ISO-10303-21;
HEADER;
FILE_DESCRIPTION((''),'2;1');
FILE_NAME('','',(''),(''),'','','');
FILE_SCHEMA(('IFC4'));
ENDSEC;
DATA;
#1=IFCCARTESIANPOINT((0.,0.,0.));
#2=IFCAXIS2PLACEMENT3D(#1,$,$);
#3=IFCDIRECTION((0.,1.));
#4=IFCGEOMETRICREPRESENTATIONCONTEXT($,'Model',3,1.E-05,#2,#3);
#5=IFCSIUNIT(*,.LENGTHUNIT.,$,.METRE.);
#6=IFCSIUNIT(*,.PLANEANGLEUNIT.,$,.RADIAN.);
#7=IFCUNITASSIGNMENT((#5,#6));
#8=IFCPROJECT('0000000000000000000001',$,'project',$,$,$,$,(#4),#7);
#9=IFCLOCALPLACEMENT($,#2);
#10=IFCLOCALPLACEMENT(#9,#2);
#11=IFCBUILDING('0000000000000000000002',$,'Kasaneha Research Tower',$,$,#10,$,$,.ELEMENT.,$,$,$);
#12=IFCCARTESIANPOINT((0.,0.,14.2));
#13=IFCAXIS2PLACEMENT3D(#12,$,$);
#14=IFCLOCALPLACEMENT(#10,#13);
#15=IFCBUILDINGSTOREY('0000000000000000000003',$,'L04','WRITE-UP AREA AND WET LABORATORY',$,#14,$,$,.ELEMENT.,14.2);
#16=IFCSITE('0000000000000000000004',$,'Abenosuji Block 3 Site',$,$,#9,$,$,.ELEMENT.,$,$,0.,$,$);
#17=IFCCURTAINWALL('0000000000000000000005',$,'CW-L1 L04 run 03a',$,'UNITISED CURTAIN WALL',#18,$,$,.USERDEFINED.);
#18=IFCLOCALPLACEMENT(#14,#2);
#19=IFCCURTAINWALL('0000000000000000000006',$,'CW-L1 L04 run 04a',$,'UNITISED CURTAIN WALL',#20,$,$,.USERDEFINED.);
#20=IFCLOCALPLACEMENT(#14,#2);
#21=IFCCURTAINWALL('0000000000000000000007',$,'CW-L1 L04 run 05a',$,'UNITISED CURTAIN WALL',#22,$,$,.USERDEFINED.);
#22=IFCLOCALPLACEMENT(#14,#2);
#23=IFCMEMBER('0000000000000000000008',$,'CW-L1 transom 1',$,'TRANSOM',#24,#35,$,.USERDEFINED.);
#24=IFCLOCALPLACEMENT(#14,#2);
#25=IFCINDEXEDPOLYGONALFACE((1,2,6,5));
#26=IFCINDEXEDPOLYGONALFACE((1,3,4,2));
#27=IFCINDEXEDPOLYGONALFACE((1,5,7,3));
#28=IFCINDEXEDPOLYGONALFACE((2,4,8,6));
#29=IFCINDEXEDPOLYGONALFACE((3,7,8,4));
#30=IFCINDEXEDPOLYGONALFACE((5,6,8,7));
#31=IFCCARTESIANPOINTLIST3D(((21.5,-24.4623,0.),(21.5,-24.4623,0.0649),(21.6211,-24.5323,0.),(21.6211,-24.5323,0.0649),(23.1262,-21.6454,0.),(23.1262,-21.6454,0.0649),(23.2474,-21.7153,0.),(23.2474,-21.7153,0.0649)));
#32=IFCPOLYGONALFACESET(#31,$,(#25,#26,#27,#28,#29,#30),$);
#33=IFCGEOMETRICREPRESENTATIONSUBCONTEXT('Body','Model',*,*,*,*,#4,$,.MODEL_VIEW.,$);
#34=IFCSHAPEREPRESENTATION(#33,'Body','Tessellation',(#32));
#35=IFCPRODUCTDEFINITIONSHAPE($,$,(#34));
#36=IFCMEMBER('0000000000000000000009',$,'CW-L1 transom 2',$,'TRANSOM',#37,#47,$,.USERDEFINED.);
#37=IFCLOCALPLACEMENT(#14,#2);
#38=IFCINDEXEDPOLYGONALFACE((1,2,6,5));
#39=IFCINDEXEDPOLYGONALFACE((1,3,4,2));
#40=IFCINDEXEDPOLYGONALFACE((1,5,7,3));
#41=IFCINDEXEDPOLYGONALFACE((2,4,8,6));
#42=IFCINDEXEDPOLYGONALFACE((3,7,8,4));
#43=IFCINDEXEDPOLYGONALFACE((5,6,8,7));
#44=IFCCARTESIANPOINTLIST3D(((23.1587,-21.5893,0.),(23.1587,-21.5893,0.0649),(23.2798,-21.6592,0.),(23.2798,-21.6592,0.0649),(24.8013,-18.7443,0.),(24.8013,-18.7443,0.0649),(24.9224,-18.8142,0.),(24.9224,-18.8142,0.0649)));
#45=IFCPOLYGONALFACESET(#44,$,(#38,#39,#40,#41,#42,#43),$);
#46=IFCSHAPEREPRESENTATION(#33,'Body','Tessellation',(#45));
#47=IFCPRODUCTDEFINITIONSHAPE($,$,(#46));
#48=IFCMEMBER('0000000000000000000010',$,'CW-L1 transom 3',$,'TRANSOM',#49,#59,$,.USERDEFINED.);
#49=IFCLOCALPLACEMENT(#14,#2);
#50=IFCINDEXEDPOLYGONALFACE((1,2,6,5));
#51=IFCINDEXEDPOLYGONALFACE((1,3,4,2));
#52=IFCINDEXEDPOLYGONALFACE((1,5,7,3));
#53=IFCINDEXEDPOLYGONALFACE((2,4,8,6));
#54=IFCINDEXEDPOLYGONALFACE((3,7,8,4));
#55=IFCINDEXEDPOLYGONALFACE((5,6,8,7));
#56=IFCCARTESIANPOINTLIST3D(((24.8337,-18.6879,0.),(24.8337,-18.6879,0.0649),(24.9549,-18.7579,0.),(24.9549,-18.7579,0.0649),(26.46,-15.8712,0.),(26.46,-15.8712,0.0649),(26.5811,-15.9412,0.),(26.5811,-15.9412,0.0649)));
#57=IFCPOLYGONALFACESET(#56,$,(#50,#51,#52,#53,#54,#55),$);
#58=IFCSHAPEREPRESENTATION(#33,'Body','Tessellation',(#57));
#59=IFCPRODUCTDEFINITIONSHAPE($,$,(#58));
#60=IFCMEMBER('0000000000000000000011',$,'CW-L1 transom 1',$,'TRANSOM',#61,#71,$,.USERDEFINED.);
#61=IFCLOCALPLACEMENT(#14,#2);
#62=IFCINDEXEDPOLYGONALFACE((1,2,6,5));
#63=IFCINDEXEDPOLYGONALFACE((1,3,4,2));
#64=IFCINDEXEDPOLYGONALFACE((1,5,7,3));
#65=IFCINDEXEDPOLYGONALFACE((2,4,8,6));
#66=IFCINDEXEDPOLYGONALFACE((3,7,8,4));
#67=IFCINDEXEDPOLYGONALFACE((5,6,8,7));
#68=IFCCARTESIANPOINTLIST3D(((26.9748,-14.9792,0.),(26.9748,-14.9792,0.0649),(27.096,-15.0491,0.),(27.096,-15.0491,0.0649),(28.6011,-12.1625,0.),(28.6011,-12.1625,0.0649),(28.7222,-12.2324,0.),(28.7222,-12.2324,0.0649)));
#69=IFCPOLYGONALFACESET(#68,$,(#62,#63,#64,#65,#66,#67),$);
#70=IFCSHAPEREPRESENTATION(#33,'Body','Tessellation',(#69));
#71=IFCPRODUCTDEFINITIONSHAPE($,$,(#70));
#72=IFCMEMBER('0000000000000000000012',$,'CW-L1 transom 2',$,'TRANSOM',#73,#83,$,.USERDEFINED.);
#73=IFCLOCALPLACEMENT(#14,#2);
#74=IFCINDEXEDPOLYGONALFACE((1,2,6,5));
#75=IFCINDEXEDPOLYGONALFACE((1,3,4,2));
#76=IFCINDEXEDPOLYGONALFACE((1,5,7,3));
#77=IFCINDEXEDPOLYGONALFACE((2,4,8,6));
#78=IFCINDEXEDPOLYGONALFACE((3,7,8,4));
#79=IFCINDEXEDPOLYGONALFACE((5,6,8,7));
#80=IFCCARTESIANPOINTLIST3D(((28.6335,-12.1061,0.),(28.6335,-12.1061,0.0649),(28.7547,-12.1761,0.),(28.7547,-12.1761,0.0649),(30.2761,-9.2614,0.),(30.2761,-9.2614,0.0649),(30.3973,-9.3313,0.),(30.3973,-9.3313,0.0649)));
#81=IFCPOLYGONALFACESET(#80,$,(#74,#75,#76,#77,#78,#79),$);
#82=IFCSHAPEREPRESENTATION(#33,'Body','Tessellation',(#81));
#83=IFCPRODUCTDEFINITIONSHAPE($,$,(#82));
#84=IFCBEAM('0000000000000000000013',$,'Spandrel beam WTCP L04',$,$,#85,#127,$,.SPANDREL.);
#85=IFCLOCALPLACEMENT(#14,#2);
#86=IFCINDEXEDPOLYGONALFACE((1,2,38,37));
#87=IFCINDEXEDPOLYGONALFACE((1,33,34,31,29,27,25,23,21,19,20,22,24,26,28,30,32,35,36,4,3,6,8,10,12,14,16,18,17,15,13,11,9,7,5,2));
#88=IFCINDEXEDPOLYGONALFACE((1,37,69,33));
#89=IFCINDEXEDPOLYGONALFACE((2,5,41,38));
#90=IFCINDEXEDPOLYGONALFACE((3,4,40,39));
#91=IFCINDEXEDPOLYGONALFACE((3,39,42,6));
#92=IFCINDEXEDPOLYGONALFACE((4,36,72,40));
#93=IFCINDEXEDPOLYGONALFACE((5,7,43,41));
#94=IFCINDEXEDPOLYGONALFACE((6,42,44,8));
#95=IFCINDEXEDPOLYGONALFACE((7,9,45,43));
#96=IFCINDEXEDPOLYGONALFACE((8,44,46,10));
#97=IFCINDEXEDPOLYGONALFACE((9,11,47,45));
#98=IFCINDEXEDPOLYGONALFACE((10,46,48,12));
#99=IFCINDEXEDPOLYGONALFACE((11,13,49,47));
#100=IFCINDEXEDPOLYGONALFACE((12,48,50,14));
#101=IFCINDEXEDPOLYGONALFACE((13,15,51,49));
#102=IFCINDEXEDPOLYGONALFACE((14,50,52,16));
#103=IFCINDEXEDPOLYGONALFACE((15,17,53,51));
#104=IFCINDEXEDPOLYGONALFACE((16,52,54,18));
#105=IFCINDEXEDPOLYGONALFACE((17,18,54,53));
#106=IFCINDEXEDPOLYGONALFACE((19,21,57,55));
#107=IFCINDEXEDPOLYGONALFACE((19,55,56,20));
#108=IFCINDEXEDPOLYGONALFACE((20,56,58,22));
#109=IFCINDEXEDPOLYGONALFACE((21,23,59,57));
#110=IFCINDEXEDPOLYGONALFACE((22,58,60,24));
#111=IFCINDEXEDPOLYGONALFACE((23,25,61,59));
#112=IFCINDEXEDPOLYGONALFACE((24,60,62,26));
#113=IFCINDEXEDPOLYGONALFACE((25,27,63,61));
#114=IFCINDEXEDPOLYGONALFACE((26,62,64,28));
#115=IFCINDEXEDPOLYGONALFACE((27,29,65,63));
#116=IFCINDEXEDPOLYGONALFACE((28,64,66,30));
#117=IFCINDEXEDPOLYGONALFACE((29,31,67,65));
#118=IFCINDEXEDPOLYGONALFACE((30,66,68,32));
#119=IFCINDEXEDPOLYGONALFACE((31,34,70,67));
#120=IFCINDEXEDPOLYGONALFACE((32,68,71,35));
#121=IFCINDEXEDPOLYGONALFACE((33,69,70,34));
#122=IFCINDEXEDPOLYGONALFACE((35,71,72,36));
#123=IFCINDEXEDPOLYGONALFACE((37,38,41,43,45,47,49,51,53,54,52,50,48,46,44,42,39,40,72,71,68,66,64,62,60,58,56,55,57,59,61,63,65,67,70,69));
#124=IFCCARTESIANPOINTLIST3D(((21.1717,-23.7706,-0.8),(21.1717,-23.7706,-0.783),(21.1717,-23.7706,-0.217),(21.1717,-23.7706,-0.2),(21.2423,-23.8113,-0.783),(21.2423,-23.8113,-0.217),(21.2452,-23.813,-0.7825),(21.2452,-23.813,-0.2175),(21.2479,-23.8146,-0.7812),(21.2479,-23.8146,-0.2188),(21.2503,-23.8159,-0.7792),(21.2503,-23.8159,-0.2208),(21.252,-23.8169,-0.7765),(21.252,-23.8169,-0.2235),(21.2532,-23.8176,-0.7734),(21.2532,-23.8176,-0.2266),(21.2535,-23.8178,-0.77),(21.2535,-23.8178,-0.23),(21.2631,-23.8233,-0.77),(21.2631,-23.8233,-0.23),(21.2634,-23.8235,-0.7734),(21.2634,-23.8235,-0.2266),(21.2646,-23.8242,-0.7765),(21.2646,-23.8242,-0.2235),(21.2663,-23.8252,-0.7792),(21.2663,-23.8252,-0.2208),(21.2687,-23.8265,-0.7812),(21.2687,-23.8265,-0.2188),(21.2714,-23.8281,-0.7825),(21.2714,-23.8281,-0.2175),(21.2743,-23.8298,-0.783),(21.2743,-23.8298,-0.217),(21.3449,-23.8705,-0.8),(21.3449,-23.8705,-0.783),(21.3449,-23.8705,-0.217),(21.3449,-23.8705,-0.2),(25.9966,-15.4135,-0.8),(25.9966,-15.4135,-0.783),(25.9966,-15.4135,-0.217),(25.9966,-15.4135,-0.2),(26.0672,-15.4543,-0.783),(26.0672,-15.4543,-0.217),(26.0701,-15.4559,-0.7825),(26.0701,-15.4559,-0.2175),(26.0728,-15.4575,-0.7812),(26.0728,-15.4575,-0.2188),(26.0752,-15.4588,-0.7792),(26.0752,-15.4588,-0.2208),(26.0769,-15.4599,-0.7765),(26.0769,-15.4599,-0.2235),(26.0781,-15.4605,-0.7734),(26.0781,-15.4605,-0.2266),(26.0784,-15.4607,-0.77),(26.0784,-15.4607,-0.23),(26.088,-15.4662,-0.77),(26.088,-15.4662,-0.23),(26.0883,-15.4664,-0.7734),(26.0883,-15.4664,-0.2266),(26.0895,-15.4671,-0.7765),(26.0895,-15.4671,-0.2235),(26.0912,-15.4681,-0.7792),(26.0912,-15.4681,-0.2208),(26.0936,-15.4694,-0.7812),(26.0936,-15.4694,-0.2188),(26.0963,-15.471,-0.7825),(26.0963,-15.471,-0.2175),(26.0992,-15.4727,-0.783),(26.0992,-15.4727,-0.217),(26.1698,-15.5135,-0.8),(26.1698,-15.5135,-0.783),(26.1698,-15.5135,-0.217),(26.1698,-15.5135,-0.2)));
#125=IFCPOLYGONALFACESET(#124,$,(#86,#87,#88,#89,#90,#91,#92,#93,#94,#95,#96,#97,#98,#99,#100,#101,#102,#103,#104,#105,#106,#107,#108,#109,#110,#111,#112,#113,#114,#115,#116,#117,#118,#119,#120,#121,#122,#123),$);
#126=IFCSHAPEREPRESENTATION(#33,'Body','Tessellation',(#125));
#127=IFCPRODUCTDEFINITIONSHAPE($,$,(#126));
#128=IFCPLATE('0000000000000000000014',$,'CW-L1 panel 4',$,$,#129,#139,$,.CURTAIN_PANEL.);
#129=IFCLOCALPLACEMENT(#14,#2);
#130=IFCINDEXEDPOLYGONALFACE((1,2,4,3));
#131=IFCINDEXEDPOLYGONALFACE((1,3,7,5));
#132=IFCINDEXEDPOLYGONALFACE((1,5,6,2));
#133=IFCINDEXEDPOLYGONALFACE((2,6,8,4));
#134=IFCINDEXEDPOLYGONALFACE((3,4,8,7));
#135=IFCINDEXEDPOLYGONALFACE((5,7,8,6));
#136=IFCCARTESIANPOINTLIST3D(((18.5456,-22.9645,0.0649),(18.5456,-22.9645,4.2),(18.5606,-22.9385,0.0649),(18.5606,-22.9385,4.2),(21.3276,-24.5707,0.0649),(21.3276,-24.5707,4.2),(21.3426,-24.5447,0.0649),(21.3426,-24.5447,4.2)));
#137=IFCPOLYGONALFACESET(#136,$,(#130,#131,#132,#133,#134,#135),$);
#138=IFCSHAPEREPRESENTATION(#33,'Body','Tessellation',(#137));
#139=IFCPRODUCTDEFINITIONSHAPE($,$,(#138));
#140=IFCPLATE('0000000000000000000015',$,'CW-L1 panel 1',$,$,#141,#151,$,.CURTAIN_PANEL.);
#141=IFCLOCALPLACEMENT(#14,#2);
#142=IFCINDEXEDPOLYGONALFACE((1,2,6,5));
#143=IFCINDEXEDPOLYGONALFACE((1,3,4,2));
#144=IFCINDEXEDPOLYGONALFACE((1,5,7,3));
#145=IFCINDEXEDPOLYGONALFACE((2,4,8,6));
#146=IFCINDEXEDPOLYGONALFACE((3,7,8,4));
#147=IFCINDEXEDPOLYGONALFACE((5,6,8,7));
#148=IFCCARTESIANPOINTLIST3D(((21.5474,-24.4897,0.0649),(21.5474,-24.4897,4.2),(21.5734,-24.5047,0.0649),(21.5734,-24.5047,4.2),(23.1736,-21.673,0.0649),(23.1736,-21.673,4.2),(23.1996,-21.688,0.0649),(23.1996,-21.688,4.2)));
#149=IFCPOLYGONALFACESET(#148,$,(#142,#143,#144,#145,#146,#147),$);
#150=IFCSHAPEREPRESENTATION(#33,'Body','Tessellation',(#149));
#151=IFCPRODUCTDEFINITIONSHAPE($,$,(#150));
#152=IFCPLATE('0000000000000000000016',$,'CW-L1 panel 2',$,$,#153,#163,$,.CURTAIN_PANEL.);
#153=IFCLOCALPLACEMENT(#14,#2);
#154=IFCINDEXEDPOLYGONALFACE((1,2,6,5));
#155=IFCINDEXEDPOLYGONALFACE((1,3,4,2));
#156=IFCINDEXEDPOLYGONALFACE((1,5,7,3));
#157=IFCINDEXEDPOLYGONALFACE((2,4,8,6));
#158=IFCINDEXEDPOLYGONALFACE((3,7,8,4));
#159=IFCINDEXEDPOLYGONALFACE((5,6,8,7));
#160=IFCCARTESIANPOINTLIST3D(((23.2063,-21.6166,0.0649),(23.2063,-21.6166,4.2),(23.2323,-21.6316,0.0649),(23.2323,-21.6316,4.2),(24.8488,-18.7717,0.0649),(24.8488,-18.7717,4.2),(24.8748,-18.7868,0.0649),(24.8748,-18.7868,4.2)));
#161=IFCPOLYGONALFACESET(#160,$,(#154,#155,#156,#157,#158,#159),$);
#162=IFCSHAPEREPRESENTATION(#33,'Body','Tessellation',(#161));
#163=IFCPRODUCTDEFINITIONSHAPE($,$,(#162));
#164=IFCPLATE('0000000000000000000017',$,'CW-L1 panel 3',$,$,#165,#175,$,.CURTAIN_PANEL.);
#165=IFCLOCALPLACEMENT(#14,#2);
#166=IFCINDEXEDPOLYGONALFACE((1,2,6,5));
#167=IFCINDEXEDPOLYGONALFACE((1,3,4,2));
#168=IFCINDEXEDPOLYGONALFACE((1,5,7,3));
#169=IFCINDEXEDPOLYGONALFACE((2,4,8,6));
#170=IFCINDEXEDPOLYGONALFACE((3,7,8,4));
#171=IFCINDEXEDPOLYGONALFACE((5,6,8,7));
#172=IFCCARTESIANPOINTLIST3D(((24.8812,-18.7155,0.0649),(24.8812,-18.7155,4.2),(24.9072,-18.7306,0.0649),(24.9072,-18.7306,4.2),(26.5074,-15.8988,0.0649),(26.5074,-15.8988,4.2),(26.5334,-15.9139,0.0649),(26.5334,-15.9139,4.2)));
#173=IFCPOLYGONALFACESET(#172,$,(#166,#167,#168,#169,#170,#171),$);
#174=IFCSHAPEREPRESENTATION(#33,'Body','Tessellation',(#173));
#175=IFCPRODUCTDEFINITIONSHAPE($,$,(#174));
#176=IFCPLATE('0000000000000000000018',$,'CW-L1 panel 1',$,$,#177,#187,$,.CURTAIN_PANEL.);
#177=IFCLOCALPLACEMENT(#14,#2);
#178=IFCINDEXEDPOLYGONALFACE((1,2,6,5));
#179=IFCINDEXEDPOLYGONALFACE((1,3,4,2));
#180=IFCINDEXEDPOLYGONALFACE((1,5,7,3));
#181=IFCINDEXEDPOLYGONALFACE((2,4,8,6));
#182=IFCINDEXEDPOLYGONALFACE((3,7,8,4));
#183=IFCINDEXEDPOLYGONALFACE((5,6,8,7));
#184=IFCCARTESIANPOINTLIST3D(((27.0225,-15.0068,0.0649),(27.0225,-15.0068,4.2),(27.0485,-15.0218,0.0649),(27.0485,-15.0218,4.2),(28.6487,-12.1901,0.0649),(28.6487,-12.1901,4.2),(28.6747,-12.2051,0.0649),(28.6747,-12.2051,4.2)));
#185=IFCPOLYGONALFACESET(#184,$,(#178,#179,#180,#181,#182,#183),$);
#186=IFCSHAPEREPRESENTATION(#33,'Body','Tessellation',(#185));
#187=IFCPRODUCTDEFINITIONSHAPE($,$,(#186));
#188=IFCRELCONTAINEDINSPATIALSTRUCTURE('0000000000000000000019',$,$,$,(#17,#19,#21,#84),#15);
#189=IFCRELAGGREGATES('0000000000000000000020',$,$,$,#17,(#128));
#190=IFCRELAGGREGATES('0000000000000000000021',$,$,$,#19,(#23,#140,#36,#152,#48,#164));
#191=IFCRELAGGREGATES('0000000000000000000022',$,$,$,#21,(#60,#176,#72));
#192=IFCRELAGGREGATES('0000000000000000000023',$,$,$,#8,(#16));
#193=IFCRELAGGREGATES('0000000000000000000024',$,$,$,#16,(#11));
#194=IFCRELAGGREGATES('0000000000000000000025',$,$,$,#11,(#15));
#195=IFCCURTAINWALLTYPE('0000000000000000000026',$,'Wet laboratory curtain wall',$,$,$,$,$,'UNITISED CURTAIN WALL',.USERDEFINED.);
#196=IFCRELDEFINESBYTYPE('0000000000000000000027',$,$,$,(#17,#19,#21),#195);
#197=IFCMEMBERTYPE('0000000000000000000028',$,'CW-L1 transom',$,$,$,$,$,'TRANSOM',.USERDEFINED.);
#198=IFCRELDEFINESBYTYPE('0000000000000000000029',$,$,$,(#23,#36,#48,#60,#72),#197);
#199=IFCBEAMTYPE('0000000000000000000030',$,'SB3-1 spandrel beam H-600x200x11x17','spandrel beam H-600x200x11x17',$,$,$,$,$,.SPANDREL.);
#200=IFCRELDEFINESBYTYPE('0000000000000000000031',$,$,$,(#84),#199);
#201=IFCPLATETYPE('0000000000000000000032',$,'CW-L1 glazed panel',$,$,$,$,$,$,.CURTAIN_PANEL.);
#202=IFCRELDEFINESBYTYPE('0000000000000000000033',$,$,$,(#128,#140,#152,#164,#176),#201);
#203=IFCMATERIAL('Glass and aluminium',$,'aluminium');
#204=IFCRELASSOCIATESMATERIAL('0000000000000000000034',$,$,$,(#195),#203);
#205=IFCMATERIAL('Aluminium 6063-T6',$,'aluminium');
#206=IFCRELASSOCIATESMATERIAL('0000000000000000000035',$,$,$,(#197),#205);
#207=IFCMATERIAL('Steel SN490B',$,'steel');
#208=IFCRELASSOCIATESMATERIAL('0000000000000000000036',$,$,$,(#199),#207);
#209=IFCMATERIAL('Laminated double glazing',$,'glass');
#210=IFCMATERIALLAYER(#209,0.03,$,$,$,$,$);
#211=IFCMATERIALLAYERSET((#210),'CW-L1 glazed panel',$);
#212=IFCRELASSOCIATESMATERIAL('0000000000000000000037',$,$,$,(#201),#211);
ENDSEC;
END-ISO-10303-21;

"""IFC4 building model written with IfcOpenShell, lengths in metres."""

from ifc_helpers import new_model, si_unit, direction, frame, origin, origin_2d, place, context, subcontext, project, spatial, rectangle, i_section, extrude, material, layer, layer_set, material_profile, profile_set, type_object, element, aggregate, save


model = new_model("IFC4")

# Units and contexts
model_context = context("Model", 3, precision=1e-05, world=origin(), true_north=direction((0.0, 1.0)))
body_context = subcontext(model_context, "Body", "Model", "MODEL_VIEW")
ifc_project = project(units=[si_unit("LENGTHUNIT", "METRE"), si_unit("PLANEANGLEUNIT", "RADIAN")], contexts=[model_context])

# Site, building, storey
site_placement = place(None, origin())
site = spatial("IfcSite", under=ifc_project, at=site_placement, Name="Abenosuji Block 3 Site", CompositionType="ELEMENT", RefElevation=0.0)
building_placement = place(site_placement, origin())
building = spatial("IfcBuilding", under=site, at=building_placement, Name="Kasaneha Research Tower", CompositionType="ELEMENT")
storey_placement = place(building_placement, frame((0.0, 0.0, 14.2)))
storey = spatial("IfcBuildingStorey", under=building, at=storey_placement, Name="L04", Description="WRITE-UP AREA AND WET LABORATORY", CompositionType="ELEMENT", Elevation=14.2)

# Curtain walls
ifc_material_1 = material(Name="Glass and aluminium", Category="aluminium")
curtain_wall_type = type_object("IfcCurtainWallType", Name="Wet laboratory curtain wall", ElementType="UNITISED CURTAIN WALL", PredefinedType="USERDEFINED", material=ifc_material_1)
curtain_wall_1_placement = place(storey_placement, origin())
curtain_wall_1 = element("IfcCurtainWall", 1, at=curtain_wall_1_placement, inside=storey, type_object=curtain_wall_type, Name="CW-L1 L04 run 03a", ObjectType="UNITISED CURTAIN WALL", PredefinedType="USERDEFINED")
curtain_wall_2_placement = place(storey_placement, origin())
curtain_wall_2 = element("IfcCurtainWall", 2, at=curtain_wall_2_placement, inside=storey, type_object=curtain_wall_type, Name="CW-L1 L04 run 04a", ObjectType="UNITISED CURTAIN WALL", PredefinedType="USERDEFINED")
curtain_wall_3_placement = place(storey_placement, origin())
curtain_wall_3 = element("IfcCurtainWall", 3, at=curtain_wall_3_placement, inside=storey, type_object=curtain_wall_type, Name="CW-L1 L04 run 05a", ObjectType="UNITISED CURTAIN WALL", PredefinedType="USERDEFINED")

# Members
ifc_material_2 = material(Name="Aluminium 6063-T6", Category="aluminium")
ifc_material_profile_1 = material_profile(ifc_material_2, rectangle(XDim=0.1399, YDim=0.0649, at=origin_2d()), Name="CW-L1 transom 140x65")
ifc_profile_set_1 = profile_set([ifc_material_profile_1], Name="Aluminium 6063-T6")
member_type_1 = type_object("IfcMemberType", Name="CW-L1 transom", ElementType="TRANSOM", PredefinedType="USERDEFINED", material=ifc_profile_set_1)
member_1_placement = place(storey_placement, frame((21.5605, -24.4973, 0.0325), z_axis=(0.499974, 0.866041, 0.0), x_axis=(-0.866041, 0.499974, 0.0)))
member_1 = element("IfcMember", 4, at=member_1_placement, type_object=member_type_1, Name="CW-L1 transom 1", ObjectType="TRANSOM", PredefinedType="USERDEFINED", context=body_context, shape_type="SweptSolid", body=[
    extrude(rectangle(XDim=0.1399, YDim=0.0649, at=origin_2d()), origin(), (0.0, 0.0, 1.0), 3.2527),
])
member_2_placement = place(storey_placement, frame((23.2192, -21.6243, 0.0325), z_axis=(0.500008, 0.866021, 0.0), x_axis=(-0.866021, 0.500008, 0.0)))
member_2 = element("IfcMember", 5, at=member_2_placement, type_object=member_type_1, Name="CW-L1 transom 2", ObjectType="TRANSOM", PredefinedType="USERDEFINED", context=body_context, shape_type="SweptSolid", body=[
    extrude(rectangle(XDim=0.1399, YDim=0.0649, at=origin_2d()), origin(), (0.0, 0.0, 1.0), 3.2852),
])
member_3_placement = place(storey_placement, frame((24.8943, -18.7229, 0.0325), z_axis=(0.500006, 0.866022, 0.0), x_axis=(-0.866022, 0.500006, 0.0)))
member_3 = element("IfcMember", 6, at=member_3_placement, type_object=member_type_1, Name="CW-L1 transom 3", ObjectType="TRANSOM", PredefinedType="USERDEFINED", context=body_context, shape_type="SweptSolid", body=[
    extrude(rectangle(XDim=0.1399, YDim=0.0649, at=origin_2d()), origin(), (0.0, 0.0, 1.0), 3.2524),
])
member_4_placement = place(storey_placement, frame((27.0354, -15.0142, 0.0325), z_axis=(0.500006, 0.866022, 0.0), x_axis=(-0.866022, 0.500006, 0.0)))
member_4 = element("IfcMember", 7, at=member_4_placement, type_object=member_type_1, Name="CW-L1 transom 1", ObjectType="TRANSOM", PredefinedType="USERDEFINED", context=body_context, shape_type="SweptSolid", body=[
    extrude(rectangle(XDim=0.1399, YDim=0.0649, at=origin_2d()), origin(), (0.0, 0.0, 1.0), 3.2524),
])
member_5_placement = place(storey_placement, frame((28.6941, -12.1411, 0.0325), z_axis=(0.50004, 0.866002, 0.0), x_axis=(-0.866002, 0.50004, 0.0)))
member_5 = element("IfcMember", 8, at=member_5_placement, type_object=member_type_1, Name="CW-L1 transom 2", ObjectType="TRANSOM", PredefinedType="USERDEFINED", context=body_context, shape_type="SweptSolid", body=[
    extrude(rectangle(XDim=0.1399, YDim=0.0649, at=origin_2d()), origin(), (0.0, 0.0, 1.0), 3.2849),
])

# Beam
ifc_material_3 = material(Name="Steel SN490B", Category="steel")
ifc_material_profile_2 = material_profile(ifc_material_3, i_section(OverallWidth=0.2, OverallDepth=0.6001, WebThickness=0.011, FlangeThickness=0.0171, FilletRadius=0.0129, at=origin_2d()), Name="H-600x200x11x17")
ifc_profile_set_2 = profile_set([ifc_material_profile_2], Name="Steel SN490B")
beam_type_1 = type_object("IfcBeamType", Name="SB3-1 spandrel beam H-600x200x11x17", Description="spandrel beam H-600x200x11x17", PredefinedType="SPANDREL", material=ifc_profile_set_2)
beam_1_placement = place(storey_placement, frame((21.2583, -23.8206, -0.5), z_axis=(0.499995, 0.866028, 0.0), x_axis=(-0.866028, 0.499995, 0.0)))
element("IfcBeam", 9, at=beam_1_placement, inside=storey, type_object=beam_type_1, Name="Spandrel beam WTCP L04", PredefinedType="SPANDREL", context=body_context, shape_type="SweptSolid", body=[
    extrude(i_section(OverallWidth=0.2, OverallDepth=0.6001, WebThickness=0.011, FlangeThickness=0.0171, FilletRadius=0.0129, at=origin_2d()), origin(), (0.0, 0.0, 1.0), 9.6499),
])

# Plates
ifc_material_4 = material(Name="Laminated double glazing", Category="glass")
ifc_layer_1 = layer(ifc_material_4, 0.03)
ifc_layer_set_1 = layer_set([ifc_layer_1], Name="CW-L1 glazed panel")
plate_type = type_object("IfcPlateType", Name="CW-L1 glazed panel", PredefinedType="CURTAIN_PANEL", material=ifc_layer_set_1)
plate_1_placement = place(storey_placement, frame((19.9441, -23.7546, 0.0649), z_axis=(0.0, 0.0, 1.0), x_axis=(0.866025, -0.5, 0.0)))
plate_1 = element("IfcPlate", 10, at=plate_1_placement, type_object=plate_type, Name="CW-L1 panel 4", PredefinedType="CURTAIN_PANEL", context=body_context, shape_type="SweptSolid", body=[
    extrude(rectangle(XDim=3.2124, YDim=0.03, at=origin_2d()), origin(), (0.0, 0.0, 1.0), 4.135),
])
aggregate(curtain_wall_1, [plate_1])
plate_2_placement = place(storey_placement, frame((22.3735, -23.0889, 0.0649), z_axis=(0.0, 0.0, 1.0), x_axis=(0.5, 0.866025, 0.0)))
plate_2 = element("IfcPlate", 11, at=plate_2_placement, type_object=plate_type, Name="CW-L1 panel 1", PredefinedType="CURTAIN_PANEL", context=body_context, shape_type="SweptSolid", body=[
    extrude(rectangle(XDim=3.2524, YDim=0.03, at=origin_2d()), origin(), (0.0, 0.0, 1.0), 4.135),
])
plate_3_placement = place(storey_placement, frame((24.0405, -20.2017, 0.0649), z_axis=(0.0, 0.0, 1.0), x_axis=(0.5, 0.866025, 0.0)))
plate_3 = element("IfcPlate", 12, at=plate_3_placement, type_object=plate_type, Name="CW-L1 panel 2", PredefinedType="CURTAIN_PANEL", context=body_context, shape_type="SweptSolid", body=[
    extrude(rectangle(XDim=3.2849, YDim=0.03, at=origin_2d()), origin(), (0.0, 0.0, 1.0), 4.135),
])
plate_4_placement = place(storey_placement, frame((25.7073, -17.3147, 0.0649), z_axis=(0.0, 0.0, 1.0), x_axis=(0.5, 0.866025, 0.0)))
plate_4 = element("IfcPlate", 13, at=plate_4_placement, type_object=plate_type, Name="CW-L1 panel 3", PredefinedType="CURTAIN_PANEL", context=body_context, shape_type="SweptSolid", body=[
    extrude(rectangle(XDim=3.2524, YDim=0.03, at=origin_2d()), origin(), (0.0, 0.0, 1.0), 4.135),
])
aggregate(curtain_wall_2, [member_1, plate_2, member_2, plate_3, member_3, plate_4])
plate_5_placement = place(storey_placement, frame((27.8486, -13.606, 0.0649), z_axis=(0.0, 0.0, 1.0), x_axis=(0.5, 0.866025, 0.0)))
plate_5 = element("IfcPlate", 14, at=plate_5_placement, type_object=plate_type, Name="CW-L1 panel 1", PredefinedType="CURTAIN_PANEL", context=body_context, shape_type="SweptSolid", body=[
    extrude(rectangle(XDim=3.2524, YDim=0.03, at=origin_2d()), origin(), (0.0, 0.0, 1.0), 4.135),
])
aggregate(curtain_wall_3, [member_4, plate_5, member_5])

save(model, "model.ifc")
